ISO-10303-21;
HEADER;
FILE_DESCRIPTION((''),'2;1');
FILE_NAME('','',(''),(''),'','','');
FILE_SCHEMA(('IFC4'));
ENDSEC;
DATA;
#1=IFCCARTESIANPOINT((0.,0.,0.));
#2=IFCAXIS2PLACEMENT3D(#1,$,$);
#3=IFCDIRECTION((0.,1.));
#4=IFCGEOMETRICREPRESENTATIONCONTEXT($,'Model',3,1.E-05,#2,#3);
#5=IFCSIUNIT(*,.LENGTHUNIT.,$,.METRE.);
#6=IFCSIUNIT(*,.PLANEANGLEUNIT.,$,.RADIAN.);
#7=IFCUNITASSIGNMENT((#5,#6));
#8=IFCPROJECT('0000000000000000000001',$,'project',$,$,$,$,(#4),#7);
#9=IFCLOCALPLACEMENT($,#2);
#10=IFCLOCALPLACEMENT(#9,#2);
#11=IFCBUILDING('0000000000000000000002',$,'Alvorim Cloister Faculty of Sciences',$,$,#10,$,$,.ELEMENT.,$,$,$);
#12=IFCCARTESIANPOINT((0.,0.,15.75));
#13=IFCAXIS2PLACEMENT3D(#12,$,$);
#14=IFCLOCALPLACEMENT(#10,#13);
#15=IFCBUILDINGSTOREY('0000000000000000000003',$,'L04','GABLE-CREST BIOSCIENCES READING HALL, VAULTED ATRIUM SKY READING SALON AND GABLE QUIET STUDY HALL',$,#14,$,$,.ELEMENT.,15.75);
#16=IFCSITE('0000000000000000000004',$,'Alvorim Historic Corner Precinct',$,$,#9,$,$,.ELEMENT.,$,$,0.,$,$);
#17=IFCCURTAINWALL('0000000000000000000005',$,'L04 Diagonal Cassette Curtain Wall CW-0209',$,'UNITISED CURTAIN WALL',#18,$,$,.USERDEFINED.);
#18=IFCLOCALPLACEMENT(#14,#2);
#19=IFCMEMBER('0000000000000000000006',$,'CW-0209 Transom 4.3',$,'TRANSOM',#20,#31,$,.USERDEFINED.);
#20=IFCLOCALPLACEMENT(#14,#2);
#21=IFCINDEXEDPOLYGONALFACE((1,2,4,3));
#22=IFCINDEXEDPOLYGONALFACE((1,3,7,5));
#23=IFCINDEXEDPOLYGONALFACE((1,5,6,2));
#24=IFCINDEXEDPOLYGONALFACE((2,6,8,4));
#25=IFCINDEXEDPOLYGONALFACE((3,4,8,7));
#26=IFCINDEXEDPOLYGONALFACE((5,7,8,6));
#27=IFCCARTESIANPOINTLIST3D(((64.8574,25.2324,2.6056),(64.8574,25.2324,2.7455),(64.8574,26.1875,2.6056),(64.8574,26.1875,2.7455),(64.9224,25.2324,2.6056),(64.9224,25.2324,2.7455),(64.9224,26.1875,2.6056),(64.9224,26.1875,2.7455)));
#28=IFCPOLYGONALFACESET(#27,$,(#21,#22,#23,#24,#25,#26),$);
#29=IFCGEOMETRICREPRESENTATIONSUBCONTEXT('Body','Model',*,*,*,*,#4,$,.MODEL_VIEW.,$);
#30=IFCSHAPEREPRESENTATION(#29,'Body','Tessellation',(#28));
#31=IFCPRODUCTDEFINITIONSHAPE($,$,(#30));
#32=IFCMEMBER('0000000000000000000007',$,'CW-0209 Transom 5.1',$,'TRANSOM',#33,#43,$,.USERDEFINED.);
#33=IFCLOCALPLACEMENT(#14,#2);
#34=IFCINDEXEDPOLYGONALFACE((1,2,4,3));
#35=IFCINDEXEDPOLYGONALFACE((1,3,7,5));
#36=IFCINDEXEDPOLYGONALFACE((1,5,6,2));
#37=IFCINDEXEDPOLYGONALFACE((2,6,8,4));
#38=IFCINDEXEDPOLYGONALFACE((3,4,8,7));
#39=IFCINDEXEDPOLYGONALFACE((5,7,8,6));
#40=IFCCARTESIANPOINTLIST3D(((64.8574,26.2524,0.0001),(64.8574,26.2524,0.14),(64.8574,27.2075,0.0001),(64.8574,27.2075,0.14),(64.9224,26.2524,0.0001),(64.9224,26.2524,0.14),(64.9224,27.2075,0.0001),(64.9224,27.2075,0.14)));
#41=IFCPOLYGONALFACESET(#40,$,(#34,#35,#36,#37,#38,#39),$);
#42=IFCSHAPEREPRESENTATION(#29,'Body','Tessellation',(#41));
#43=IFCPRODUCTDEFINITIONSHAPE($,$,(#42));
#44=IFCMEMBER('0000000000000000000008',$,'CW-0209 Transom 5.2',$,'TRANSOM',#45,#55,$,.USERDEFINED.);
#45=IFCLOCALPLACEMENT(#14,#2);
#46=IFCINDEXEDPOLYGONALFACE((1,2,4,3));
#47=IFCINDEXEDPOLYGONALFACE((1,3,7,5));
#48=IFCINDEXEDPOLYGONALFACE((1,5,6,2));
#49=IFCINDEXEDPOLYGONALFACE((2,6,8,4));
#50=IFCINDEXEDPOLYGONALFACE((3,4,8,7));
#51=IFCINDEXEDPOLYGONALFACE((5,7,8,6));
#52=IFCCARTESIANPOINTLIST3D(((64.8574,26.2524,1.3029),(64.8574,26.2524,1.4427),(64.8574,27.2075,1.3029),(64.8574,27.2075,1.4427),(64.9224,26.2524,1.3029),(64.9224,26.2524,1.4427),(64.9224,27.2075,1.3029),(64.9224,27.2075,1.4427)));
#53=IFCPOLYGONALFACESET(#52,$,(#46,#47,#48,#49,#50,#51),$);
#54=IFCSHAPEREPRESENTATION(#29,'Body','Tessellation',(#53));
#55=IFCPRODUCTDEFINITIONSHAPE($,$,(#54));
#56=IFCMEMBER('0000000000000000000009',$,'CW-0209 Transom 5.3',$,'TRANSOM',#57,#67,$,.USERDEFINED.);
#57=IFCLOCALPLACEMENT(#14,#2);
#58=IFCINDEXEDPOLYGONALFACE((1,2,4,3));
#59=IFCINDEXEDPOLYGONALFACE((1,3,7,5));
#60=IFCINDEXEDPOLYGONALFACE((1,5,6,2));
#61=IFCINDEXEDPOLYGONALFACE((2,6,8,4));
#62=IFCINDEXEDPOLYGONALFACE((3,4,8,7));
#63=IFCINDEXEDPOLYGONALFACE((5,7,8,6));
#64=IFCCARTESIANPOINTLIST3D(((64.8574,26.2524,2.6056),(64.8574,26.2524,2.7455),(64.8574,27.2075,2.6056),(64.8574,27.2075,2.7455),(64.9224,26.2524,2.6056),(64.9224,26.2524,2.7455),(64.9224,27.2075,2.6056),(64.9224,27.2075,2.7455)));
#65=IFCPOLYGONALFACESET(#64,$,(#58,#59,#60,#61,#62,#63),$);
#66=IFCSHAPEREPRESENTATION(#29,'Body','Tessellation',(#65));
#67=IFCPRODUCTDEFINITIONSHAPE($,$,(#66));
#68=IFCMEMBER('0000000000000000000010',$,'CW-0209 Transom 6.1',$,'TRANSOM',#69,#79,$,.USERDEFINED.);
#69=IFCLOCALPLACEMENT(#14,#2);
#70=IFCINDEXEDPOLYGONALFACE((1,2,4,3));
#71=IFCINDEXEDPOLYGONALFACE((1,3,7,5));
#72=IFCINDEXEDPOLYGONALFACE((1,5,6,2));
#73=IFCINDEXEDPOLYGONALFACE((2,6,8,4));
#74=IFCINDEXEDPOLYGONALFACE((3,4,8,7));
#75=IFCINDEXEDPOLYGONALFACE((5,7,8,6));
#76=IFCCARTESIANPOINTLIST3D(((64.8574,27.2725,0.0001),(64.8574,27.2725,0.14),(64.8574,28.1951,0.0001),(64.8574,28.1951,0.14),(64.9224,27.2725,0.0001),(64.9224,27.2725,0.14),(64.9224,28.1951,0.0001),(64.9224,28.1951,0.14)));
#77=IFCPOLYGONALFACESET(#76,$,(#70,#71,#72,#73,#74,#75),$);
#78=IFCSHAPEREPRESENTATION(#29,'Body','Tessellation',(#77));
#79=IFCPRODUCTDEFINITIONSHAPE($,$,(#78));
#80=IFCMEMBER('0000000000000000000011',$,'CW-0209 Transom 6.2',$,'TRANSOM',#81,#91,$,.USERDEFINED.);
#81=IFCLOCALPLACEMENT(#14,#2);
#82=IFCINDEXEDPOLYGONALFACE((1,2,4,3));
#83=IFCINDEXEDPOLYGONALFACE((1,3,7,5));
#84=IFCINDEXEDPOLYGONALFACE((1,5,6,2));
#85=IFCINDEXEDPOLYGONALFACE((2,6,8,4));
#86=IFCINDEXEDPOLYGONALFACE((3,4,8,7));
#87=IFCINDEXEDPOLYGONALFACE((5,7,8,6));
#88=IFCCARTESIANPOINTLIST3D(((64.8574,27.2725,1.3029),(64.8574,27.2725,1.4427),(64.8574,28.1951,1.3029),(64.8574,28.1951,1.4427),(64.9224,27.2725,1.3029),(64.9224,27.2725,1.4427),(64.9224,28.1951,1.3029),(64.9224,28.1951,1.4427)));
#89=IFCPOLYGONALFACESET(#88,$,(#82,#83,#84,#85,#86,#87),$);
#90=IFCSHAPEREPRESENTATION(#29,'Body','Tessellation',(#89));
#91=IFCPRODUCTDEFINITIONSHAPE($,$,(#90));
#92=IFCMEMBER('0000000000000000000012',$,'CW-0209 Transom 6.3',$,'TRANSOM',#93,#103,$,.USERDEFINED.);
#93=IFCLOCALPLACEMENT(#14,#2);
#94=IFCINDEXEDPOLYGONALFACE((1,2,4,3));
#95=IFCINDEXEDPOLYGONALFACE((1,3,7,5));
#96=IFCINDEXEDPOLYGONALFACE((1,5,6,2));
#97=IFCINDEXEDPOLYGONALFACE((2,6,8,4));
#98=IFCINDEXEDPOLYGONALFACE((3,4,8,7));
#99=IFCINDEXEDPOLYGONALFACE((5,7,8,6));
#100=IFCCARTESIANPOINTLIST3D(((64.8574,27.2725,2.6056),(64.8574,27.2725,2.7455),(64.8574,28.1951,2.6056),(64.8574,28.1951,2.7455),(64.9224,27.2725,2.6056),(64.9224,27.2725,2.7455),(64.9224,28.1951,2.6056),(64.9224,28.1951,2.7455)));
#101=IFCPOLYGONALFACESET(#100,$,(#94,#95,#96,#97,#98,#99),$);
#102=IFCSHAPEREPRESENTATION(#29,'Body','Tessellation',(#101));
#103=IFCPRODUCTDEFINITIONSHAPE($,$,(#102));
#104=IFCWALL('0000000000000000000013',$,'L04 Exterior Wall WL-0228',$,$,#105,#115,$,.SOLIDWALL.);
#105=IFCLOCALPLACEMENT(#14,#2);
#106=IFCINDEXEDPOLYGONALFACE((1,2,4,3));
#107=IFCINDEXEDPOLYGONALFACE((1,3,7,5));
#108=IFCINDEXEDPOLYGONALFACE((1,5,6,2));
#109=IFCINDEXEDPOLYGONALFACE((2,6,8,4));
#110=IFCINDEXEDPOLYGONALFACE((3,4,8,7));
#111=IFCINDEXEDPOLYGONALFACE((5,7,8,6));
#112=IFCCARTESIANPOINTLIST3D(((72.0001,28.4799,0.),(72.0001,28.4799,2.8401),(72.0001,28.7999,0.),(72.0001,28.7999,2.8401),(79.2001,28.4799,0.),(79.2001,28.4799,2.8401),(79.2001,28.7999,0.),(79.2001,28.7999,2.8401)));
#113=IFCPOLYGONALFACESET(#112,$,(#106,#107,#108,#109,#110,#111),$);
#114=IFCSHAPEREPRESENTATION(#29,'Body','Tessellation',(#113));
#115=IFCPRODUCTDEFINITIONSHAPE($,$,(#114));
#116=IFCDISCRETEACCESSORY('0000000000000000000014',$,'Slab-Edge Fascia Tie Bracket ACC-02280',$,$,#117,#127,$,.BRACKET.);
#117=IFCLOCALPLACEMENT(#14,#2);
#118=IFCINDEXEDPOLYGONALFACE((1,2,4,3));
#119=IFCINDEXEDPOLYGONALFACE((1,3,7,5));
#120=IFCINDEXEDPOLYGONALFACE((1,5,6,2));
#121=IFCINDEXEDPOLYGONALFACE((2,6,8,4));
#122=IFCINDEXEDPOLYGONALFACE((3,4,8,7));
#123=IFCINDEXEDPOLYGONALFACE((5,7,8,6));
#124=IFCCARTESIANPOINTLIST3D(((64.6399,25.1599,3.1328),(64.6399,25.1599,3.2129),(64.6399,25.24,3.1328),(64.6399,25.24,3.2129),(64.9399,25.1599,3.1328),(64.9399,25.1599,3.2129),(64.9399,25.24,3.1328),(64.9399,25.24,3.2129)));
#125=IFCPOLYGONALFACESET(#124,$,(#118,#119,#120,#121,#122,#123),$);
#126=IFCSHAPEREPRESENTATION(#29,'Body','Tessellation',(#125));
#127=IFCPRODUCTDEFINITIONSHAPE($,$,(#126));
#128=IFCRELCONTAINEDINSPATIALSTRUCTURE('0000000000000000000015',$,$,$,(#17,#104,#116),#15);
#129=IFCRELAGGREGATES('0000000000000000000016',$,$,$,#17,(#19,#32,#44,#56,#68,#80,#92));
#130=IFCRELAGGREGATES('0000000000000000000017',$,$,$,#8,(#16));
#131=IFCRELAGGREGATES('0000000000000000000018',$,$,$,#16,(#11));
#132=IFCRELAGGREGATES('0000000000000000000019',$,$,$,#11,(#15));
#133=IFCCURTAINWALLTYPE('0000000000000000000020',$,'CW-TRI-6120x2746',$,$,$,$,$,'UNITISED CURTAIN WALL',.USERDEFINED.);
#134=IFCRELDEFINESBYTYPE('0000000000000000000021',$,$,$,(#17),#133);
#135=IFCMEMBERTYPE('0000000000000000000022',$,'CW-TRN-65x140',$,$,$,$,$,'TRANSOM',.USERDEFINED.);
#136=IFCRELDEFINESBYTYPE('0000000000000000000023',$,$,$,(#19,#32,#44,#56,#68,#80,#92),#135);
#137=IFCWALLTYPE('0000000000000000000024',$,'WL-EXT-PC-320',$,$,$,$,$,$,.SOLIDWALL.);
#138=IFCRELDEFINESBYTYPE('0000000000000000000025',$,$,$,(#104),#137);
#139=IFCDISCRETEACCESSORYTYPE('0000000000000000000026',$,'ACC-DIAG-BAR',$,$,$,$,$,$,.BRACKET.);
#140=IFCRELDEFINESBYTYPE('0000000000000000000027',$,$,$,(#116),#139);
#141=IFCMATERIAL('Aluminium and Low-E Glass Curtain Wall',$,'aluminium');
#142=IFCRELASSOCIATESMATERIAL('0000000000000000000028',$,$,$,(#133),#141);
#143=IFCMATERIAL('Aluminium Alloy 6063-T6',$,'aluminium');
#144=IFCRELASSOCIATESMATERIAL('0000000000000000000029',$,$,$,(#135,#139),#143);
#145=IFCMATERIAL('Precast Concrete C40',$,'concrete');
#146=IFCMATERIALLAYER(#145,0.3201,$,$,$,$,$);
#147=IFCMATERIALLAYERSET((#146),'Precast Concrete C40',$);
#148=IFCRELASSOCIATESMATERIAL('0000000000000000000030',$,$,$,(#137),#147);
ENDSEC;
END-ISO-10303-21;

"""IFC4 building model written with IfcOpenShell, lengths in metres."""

from ifc_helpers import new_model, si_unit, direction, frame, frame_2d, origin, origin_2d, place, context, subcontext, project, spatial, rectangle, extrude, material, layer, layer_set, material_profile, profile_set, type_object, element, aggregate, save


model = new_model("IFC4")

# Units and contexts
model_context = context("Model", 3, precision=1e-05, world=origin(), true_north=direction((0.0, 1.0)))
body_context = subcontext(model_context, "Body", "Model", "MODEL_VIEW")
ifc_project = project(units=[si_unit("LENGTHUNIT", "METRE"), si_unit("PLANEANGLEUNIT", "RADIAN")], contexts=[model_context])

# Site, building, storey
site_placement = place(None, origin())
site = spatial("IfcSite", under=ifc_project, at=site_placement, Name="Alvorim Historic Corner Precinct", CompositionType="ELEMENT", RefElevation=0.0)
building_placement = place(site_placement, origin())
building = spatial("IfcBuilding", under=site, at=building_placement, Name="Alvorim Cloister Faculty of Sciences", CompositionType="ELEMENT")
storey_placement = place(building_placement, frame((0.0, 0.0, 15.75)))
storey = spatial("IfcBuildingStorey", under=building, at=storey_placement, Name="L04", Description="GABLE-CREST BIOSCIENCES READING HALL, VAULTED ATRIUM SKY READING SALON AND GABLE QUIET STUDY HALL", CompositionType="ELEMENT", Elevation=15.75)

# Curtain wall, members
ifc_material_1 = material(Name="Aluminium and Low-E Glass Curtain Wall", Category="aluminium")
curtain_wall_type = type_object("IfcCurtainWallType", Name="CW-TRI-6120x2746", ElementType="UNITISED CURTAIN WALL", PredefinedType="USERDEFINED", material=ifc_material_1)
curtain_wall_placement = place(storey_placement, origin())
curtain_wall = element("IfcCurtainWall", 1, at=curtain_wall_placement, inside=storey, type_object=curtain_wall_type, Name="L04 Diagonal Cassette Curtain Wall CW-0209", ObjectType="UNITISED CURTAIN WALL", PredefinedType="USERDEFINED")
ifc_material_2 = material(Name="Aluminium Alloy 6063-T6", Category="aluminium")
ifc_material_profile_1 = material_profile(ifc_material_2, rectangle(XDim=0.0649, YDim=0.1399, at=origin_2d()), Name="ALU-TRN-65x140")
ifc_profile_set_1 = profile_set([ifc_material_profile_1], Name="Aluminium Alloy 6063-T6")
member_type_1 = type_object("IfcMemberType", Name="CW-TRN-65x140", ElementType="TRANSOM", PredefinedType="USERDEFINED", material=ifc_profile_set_1)
member_1_placement = place(storey_placement, frame((64.8899, 25.2324, 2.6755), z_axis=(0.0, 1.0, 0.0), x_axis=(-1.0, 0.0, 0.0)))
member_1 = element("IfcMember", 2, at=member_1_placement, type_object=member_type_1, Name="CW-0209 Transom 4.3", ObjectType="TRANSOM", PredefinedType="USERDEFINED", context=body_context, shape_type="SweptSolid", body=[
    extrude(rectangle(XDim=0.0649, YDim=0.1399, at=origin_2d()), origin(), (0.0, 0.0, 1.0), 0.9551),
])
member_2_placement = place(storey_placement, frame((64.8899, 26.2524, 0.0701), z_axis=(0.0, 1.0, 0.0), x_axis=(-1.0, 0.0, 0.0)))
member_2 = element("IfcMember", 3, at=member_2_placement, type_object=member_type_1, Name="CW-0209 Transom 5.1", ObjectType="TRANSOM", PredefinedType="USERDEFINED", context=body_context, shape_type="SweptSolid", body=[
    extrude(rectangle(XDim=0.0649, YDim=0.1399, at=origin_2d()), origin(), (0.0, 0.0, 1.0), 0.9551),
])
member_3_placement = place(storey_placement, frame((64.8899, 26.2524, 1.3728), z_axis=(0.0, 1.0, 0.0), x_axis=(-1.0, 0.0, 0.0)))
member_3 = element("IfcMember", 4, at=member_3_placement, type_object=member_type_1, Name="CW-0209 Transom 5.2", ObjectType="TRANSOM", PredefinedType="USERDEFINED", context=body_context, shape_type="SweptSolid", body=[
    extrude(rectangle(XDim=0.0649, YDim=0.1399, at=origin_2d()), origin(), (0.0, 0.0, 1.0), 0.9551),
])
member_4_placement = place(storey_placement, frame((64.8899, 26.2524, 2.6755), z_axis=(0.0, 1.0, 0.0), x_axis=(-1.0, 0.0, 0.0)))
member_4 = element("IfcMember", 5, at=member_4_placement, type_object=member_type_1, Name="CW-0209 Transom 5.3", ObjectType="TRANSOM", PredefinedType="USERDEFINED", context=body_context, shape_type="SweptSolid", body=[
    extrude(rectangle(XDim=0.0649, YDim=0.1399, at=origin_2d()), origin(), (0.0, 0.0, 1.0), 0.9551),
])
member_5_placement = place(storey_placement, frame((64.8899, 27.2725, 0.0701), z_axis=(0.0, 1.0, 0.0), x_axis=(-1.0, 0.0, 0.0)))
member_5 = element("IfcMember", 6, at=member_5_placement, type_object=member_type_1, Name="CW-0209 Transom 6.1", ObjectType="TRANSOM", PredefinedType="USERDEFINED", context=body_context, shape_type="SweptSolid", body=[
    extrude(rectangle(XDim=0.0649, YDim=0.1399, at=origin_2d()), origin(), (0.0, 0.0, 1.0), 0.9226),
])
member_6_placement = place(storey_placement, frame((64.8899, 27.2725, 1.3728), z_axis=(0.0, 1.0, 0.0), x_axis=(-1.0, 0.0, 0.0)))
member_6 = element("IfcMember", 7, at=member_6_placement, type_object=member_type_1, Name="CW-0209 Transom 6.2", ObjectType="TRANSOM", PredefinedType="USERDEFINED", context=body_context, shape_type="SweptSolid", body=[
    extrude(rectangle(XDim=0.0649, YDim=0.1399, at=origin_2d()), origin(), (0.0, 0.0, 1.0), 0.9226),
])
member_7_placement = place(storey_placement, frame((64.8899, 27.2725, 2.6755), z_axis=(0.0, 1.0, 0.0), x_axis=(-1.0, 0.0, 0.0)))
member_7 = element("IfcMember", 8, at=member_7_placement, type_object=member_type_1, Name="CW-0209 Transom 6.3", ObjectType="TRANSOM", PredefinedType="USERDEFINED", context=body_context, shape_type="SweptSolid", body=[
    extrude(rectangle(XDim=0.0649, YDim=0.1399, at=origin_2d()), origin(), (0.0, 0.0, 1.0), 0.9226),
])
aggregate(curtain_wall, [member_1, member_2, member_3, member_4, member_5, member_6, member_7])

# Wall
ifc_material_3 = material(Name="Precast Concrete C40", Category="concrete")
ifc_layer = layer(ifc_material_3, 0.3201)
ifc_layer_set = layer_set([ifc_layer], Name="Precast Concrete C40")
wall_type = type_object("IfcWallType", Name="WL-EXT-PC-320", PredefinedType="SOLIDWALL", material=ifc_layer_set)
wall_placement = place(storey_placement, frame((72.0, 28.6399, 0.0), z_axis=(0.0, 0.0, 1.0), x_axis=(1.0, 0.0, 0.0)))
element("IfcWall", 9, at=wall_placement, inside=storey, type_object=wall_type, Name="L04 Exterior Wall WL-0228", PredefinedType="SOLIDWALL", context=body_context, shape_type="SweptSolid", body=[
    extrude(rectangle(XDim=7.2, YDim=0.3201, at=frame_2d((3.6001, 0.0))), origin(), (0.0, 0.0, 1.0), 2.8401),
])

# Discrete accessory
discrete_accessory_type = type_object("IfcDiscreteAccessoryType", Name="ACC-DIAG-BAR", PredefinedType="BRACKET", material=ifc_material_2)
discrete_accessory_placement = place(storey_placement, frame((64.9399, 25.2, 3.1729), z_axis=(-1.0, 0.0, 0.0), x_axis=(0.0, -1.0, 0.0)))
element("IfcDiscreteAccessory", 10, at=discrete_accessory_placement, inside=storey, type_object=discrete_accessory_type, Name="Slab-Edge Fascia Tie Bracket ACC-02280", PredefinedType="BRACKET", context=body_context, shape_type="SweptSolid", body=[
    extrude(rectangle(XDim=0.0801, YDim=0.0801, at=origin_2d()), origin(), (0.0, 0.0, 1.0), 0.3),
])

save(model, "model.ifc")
